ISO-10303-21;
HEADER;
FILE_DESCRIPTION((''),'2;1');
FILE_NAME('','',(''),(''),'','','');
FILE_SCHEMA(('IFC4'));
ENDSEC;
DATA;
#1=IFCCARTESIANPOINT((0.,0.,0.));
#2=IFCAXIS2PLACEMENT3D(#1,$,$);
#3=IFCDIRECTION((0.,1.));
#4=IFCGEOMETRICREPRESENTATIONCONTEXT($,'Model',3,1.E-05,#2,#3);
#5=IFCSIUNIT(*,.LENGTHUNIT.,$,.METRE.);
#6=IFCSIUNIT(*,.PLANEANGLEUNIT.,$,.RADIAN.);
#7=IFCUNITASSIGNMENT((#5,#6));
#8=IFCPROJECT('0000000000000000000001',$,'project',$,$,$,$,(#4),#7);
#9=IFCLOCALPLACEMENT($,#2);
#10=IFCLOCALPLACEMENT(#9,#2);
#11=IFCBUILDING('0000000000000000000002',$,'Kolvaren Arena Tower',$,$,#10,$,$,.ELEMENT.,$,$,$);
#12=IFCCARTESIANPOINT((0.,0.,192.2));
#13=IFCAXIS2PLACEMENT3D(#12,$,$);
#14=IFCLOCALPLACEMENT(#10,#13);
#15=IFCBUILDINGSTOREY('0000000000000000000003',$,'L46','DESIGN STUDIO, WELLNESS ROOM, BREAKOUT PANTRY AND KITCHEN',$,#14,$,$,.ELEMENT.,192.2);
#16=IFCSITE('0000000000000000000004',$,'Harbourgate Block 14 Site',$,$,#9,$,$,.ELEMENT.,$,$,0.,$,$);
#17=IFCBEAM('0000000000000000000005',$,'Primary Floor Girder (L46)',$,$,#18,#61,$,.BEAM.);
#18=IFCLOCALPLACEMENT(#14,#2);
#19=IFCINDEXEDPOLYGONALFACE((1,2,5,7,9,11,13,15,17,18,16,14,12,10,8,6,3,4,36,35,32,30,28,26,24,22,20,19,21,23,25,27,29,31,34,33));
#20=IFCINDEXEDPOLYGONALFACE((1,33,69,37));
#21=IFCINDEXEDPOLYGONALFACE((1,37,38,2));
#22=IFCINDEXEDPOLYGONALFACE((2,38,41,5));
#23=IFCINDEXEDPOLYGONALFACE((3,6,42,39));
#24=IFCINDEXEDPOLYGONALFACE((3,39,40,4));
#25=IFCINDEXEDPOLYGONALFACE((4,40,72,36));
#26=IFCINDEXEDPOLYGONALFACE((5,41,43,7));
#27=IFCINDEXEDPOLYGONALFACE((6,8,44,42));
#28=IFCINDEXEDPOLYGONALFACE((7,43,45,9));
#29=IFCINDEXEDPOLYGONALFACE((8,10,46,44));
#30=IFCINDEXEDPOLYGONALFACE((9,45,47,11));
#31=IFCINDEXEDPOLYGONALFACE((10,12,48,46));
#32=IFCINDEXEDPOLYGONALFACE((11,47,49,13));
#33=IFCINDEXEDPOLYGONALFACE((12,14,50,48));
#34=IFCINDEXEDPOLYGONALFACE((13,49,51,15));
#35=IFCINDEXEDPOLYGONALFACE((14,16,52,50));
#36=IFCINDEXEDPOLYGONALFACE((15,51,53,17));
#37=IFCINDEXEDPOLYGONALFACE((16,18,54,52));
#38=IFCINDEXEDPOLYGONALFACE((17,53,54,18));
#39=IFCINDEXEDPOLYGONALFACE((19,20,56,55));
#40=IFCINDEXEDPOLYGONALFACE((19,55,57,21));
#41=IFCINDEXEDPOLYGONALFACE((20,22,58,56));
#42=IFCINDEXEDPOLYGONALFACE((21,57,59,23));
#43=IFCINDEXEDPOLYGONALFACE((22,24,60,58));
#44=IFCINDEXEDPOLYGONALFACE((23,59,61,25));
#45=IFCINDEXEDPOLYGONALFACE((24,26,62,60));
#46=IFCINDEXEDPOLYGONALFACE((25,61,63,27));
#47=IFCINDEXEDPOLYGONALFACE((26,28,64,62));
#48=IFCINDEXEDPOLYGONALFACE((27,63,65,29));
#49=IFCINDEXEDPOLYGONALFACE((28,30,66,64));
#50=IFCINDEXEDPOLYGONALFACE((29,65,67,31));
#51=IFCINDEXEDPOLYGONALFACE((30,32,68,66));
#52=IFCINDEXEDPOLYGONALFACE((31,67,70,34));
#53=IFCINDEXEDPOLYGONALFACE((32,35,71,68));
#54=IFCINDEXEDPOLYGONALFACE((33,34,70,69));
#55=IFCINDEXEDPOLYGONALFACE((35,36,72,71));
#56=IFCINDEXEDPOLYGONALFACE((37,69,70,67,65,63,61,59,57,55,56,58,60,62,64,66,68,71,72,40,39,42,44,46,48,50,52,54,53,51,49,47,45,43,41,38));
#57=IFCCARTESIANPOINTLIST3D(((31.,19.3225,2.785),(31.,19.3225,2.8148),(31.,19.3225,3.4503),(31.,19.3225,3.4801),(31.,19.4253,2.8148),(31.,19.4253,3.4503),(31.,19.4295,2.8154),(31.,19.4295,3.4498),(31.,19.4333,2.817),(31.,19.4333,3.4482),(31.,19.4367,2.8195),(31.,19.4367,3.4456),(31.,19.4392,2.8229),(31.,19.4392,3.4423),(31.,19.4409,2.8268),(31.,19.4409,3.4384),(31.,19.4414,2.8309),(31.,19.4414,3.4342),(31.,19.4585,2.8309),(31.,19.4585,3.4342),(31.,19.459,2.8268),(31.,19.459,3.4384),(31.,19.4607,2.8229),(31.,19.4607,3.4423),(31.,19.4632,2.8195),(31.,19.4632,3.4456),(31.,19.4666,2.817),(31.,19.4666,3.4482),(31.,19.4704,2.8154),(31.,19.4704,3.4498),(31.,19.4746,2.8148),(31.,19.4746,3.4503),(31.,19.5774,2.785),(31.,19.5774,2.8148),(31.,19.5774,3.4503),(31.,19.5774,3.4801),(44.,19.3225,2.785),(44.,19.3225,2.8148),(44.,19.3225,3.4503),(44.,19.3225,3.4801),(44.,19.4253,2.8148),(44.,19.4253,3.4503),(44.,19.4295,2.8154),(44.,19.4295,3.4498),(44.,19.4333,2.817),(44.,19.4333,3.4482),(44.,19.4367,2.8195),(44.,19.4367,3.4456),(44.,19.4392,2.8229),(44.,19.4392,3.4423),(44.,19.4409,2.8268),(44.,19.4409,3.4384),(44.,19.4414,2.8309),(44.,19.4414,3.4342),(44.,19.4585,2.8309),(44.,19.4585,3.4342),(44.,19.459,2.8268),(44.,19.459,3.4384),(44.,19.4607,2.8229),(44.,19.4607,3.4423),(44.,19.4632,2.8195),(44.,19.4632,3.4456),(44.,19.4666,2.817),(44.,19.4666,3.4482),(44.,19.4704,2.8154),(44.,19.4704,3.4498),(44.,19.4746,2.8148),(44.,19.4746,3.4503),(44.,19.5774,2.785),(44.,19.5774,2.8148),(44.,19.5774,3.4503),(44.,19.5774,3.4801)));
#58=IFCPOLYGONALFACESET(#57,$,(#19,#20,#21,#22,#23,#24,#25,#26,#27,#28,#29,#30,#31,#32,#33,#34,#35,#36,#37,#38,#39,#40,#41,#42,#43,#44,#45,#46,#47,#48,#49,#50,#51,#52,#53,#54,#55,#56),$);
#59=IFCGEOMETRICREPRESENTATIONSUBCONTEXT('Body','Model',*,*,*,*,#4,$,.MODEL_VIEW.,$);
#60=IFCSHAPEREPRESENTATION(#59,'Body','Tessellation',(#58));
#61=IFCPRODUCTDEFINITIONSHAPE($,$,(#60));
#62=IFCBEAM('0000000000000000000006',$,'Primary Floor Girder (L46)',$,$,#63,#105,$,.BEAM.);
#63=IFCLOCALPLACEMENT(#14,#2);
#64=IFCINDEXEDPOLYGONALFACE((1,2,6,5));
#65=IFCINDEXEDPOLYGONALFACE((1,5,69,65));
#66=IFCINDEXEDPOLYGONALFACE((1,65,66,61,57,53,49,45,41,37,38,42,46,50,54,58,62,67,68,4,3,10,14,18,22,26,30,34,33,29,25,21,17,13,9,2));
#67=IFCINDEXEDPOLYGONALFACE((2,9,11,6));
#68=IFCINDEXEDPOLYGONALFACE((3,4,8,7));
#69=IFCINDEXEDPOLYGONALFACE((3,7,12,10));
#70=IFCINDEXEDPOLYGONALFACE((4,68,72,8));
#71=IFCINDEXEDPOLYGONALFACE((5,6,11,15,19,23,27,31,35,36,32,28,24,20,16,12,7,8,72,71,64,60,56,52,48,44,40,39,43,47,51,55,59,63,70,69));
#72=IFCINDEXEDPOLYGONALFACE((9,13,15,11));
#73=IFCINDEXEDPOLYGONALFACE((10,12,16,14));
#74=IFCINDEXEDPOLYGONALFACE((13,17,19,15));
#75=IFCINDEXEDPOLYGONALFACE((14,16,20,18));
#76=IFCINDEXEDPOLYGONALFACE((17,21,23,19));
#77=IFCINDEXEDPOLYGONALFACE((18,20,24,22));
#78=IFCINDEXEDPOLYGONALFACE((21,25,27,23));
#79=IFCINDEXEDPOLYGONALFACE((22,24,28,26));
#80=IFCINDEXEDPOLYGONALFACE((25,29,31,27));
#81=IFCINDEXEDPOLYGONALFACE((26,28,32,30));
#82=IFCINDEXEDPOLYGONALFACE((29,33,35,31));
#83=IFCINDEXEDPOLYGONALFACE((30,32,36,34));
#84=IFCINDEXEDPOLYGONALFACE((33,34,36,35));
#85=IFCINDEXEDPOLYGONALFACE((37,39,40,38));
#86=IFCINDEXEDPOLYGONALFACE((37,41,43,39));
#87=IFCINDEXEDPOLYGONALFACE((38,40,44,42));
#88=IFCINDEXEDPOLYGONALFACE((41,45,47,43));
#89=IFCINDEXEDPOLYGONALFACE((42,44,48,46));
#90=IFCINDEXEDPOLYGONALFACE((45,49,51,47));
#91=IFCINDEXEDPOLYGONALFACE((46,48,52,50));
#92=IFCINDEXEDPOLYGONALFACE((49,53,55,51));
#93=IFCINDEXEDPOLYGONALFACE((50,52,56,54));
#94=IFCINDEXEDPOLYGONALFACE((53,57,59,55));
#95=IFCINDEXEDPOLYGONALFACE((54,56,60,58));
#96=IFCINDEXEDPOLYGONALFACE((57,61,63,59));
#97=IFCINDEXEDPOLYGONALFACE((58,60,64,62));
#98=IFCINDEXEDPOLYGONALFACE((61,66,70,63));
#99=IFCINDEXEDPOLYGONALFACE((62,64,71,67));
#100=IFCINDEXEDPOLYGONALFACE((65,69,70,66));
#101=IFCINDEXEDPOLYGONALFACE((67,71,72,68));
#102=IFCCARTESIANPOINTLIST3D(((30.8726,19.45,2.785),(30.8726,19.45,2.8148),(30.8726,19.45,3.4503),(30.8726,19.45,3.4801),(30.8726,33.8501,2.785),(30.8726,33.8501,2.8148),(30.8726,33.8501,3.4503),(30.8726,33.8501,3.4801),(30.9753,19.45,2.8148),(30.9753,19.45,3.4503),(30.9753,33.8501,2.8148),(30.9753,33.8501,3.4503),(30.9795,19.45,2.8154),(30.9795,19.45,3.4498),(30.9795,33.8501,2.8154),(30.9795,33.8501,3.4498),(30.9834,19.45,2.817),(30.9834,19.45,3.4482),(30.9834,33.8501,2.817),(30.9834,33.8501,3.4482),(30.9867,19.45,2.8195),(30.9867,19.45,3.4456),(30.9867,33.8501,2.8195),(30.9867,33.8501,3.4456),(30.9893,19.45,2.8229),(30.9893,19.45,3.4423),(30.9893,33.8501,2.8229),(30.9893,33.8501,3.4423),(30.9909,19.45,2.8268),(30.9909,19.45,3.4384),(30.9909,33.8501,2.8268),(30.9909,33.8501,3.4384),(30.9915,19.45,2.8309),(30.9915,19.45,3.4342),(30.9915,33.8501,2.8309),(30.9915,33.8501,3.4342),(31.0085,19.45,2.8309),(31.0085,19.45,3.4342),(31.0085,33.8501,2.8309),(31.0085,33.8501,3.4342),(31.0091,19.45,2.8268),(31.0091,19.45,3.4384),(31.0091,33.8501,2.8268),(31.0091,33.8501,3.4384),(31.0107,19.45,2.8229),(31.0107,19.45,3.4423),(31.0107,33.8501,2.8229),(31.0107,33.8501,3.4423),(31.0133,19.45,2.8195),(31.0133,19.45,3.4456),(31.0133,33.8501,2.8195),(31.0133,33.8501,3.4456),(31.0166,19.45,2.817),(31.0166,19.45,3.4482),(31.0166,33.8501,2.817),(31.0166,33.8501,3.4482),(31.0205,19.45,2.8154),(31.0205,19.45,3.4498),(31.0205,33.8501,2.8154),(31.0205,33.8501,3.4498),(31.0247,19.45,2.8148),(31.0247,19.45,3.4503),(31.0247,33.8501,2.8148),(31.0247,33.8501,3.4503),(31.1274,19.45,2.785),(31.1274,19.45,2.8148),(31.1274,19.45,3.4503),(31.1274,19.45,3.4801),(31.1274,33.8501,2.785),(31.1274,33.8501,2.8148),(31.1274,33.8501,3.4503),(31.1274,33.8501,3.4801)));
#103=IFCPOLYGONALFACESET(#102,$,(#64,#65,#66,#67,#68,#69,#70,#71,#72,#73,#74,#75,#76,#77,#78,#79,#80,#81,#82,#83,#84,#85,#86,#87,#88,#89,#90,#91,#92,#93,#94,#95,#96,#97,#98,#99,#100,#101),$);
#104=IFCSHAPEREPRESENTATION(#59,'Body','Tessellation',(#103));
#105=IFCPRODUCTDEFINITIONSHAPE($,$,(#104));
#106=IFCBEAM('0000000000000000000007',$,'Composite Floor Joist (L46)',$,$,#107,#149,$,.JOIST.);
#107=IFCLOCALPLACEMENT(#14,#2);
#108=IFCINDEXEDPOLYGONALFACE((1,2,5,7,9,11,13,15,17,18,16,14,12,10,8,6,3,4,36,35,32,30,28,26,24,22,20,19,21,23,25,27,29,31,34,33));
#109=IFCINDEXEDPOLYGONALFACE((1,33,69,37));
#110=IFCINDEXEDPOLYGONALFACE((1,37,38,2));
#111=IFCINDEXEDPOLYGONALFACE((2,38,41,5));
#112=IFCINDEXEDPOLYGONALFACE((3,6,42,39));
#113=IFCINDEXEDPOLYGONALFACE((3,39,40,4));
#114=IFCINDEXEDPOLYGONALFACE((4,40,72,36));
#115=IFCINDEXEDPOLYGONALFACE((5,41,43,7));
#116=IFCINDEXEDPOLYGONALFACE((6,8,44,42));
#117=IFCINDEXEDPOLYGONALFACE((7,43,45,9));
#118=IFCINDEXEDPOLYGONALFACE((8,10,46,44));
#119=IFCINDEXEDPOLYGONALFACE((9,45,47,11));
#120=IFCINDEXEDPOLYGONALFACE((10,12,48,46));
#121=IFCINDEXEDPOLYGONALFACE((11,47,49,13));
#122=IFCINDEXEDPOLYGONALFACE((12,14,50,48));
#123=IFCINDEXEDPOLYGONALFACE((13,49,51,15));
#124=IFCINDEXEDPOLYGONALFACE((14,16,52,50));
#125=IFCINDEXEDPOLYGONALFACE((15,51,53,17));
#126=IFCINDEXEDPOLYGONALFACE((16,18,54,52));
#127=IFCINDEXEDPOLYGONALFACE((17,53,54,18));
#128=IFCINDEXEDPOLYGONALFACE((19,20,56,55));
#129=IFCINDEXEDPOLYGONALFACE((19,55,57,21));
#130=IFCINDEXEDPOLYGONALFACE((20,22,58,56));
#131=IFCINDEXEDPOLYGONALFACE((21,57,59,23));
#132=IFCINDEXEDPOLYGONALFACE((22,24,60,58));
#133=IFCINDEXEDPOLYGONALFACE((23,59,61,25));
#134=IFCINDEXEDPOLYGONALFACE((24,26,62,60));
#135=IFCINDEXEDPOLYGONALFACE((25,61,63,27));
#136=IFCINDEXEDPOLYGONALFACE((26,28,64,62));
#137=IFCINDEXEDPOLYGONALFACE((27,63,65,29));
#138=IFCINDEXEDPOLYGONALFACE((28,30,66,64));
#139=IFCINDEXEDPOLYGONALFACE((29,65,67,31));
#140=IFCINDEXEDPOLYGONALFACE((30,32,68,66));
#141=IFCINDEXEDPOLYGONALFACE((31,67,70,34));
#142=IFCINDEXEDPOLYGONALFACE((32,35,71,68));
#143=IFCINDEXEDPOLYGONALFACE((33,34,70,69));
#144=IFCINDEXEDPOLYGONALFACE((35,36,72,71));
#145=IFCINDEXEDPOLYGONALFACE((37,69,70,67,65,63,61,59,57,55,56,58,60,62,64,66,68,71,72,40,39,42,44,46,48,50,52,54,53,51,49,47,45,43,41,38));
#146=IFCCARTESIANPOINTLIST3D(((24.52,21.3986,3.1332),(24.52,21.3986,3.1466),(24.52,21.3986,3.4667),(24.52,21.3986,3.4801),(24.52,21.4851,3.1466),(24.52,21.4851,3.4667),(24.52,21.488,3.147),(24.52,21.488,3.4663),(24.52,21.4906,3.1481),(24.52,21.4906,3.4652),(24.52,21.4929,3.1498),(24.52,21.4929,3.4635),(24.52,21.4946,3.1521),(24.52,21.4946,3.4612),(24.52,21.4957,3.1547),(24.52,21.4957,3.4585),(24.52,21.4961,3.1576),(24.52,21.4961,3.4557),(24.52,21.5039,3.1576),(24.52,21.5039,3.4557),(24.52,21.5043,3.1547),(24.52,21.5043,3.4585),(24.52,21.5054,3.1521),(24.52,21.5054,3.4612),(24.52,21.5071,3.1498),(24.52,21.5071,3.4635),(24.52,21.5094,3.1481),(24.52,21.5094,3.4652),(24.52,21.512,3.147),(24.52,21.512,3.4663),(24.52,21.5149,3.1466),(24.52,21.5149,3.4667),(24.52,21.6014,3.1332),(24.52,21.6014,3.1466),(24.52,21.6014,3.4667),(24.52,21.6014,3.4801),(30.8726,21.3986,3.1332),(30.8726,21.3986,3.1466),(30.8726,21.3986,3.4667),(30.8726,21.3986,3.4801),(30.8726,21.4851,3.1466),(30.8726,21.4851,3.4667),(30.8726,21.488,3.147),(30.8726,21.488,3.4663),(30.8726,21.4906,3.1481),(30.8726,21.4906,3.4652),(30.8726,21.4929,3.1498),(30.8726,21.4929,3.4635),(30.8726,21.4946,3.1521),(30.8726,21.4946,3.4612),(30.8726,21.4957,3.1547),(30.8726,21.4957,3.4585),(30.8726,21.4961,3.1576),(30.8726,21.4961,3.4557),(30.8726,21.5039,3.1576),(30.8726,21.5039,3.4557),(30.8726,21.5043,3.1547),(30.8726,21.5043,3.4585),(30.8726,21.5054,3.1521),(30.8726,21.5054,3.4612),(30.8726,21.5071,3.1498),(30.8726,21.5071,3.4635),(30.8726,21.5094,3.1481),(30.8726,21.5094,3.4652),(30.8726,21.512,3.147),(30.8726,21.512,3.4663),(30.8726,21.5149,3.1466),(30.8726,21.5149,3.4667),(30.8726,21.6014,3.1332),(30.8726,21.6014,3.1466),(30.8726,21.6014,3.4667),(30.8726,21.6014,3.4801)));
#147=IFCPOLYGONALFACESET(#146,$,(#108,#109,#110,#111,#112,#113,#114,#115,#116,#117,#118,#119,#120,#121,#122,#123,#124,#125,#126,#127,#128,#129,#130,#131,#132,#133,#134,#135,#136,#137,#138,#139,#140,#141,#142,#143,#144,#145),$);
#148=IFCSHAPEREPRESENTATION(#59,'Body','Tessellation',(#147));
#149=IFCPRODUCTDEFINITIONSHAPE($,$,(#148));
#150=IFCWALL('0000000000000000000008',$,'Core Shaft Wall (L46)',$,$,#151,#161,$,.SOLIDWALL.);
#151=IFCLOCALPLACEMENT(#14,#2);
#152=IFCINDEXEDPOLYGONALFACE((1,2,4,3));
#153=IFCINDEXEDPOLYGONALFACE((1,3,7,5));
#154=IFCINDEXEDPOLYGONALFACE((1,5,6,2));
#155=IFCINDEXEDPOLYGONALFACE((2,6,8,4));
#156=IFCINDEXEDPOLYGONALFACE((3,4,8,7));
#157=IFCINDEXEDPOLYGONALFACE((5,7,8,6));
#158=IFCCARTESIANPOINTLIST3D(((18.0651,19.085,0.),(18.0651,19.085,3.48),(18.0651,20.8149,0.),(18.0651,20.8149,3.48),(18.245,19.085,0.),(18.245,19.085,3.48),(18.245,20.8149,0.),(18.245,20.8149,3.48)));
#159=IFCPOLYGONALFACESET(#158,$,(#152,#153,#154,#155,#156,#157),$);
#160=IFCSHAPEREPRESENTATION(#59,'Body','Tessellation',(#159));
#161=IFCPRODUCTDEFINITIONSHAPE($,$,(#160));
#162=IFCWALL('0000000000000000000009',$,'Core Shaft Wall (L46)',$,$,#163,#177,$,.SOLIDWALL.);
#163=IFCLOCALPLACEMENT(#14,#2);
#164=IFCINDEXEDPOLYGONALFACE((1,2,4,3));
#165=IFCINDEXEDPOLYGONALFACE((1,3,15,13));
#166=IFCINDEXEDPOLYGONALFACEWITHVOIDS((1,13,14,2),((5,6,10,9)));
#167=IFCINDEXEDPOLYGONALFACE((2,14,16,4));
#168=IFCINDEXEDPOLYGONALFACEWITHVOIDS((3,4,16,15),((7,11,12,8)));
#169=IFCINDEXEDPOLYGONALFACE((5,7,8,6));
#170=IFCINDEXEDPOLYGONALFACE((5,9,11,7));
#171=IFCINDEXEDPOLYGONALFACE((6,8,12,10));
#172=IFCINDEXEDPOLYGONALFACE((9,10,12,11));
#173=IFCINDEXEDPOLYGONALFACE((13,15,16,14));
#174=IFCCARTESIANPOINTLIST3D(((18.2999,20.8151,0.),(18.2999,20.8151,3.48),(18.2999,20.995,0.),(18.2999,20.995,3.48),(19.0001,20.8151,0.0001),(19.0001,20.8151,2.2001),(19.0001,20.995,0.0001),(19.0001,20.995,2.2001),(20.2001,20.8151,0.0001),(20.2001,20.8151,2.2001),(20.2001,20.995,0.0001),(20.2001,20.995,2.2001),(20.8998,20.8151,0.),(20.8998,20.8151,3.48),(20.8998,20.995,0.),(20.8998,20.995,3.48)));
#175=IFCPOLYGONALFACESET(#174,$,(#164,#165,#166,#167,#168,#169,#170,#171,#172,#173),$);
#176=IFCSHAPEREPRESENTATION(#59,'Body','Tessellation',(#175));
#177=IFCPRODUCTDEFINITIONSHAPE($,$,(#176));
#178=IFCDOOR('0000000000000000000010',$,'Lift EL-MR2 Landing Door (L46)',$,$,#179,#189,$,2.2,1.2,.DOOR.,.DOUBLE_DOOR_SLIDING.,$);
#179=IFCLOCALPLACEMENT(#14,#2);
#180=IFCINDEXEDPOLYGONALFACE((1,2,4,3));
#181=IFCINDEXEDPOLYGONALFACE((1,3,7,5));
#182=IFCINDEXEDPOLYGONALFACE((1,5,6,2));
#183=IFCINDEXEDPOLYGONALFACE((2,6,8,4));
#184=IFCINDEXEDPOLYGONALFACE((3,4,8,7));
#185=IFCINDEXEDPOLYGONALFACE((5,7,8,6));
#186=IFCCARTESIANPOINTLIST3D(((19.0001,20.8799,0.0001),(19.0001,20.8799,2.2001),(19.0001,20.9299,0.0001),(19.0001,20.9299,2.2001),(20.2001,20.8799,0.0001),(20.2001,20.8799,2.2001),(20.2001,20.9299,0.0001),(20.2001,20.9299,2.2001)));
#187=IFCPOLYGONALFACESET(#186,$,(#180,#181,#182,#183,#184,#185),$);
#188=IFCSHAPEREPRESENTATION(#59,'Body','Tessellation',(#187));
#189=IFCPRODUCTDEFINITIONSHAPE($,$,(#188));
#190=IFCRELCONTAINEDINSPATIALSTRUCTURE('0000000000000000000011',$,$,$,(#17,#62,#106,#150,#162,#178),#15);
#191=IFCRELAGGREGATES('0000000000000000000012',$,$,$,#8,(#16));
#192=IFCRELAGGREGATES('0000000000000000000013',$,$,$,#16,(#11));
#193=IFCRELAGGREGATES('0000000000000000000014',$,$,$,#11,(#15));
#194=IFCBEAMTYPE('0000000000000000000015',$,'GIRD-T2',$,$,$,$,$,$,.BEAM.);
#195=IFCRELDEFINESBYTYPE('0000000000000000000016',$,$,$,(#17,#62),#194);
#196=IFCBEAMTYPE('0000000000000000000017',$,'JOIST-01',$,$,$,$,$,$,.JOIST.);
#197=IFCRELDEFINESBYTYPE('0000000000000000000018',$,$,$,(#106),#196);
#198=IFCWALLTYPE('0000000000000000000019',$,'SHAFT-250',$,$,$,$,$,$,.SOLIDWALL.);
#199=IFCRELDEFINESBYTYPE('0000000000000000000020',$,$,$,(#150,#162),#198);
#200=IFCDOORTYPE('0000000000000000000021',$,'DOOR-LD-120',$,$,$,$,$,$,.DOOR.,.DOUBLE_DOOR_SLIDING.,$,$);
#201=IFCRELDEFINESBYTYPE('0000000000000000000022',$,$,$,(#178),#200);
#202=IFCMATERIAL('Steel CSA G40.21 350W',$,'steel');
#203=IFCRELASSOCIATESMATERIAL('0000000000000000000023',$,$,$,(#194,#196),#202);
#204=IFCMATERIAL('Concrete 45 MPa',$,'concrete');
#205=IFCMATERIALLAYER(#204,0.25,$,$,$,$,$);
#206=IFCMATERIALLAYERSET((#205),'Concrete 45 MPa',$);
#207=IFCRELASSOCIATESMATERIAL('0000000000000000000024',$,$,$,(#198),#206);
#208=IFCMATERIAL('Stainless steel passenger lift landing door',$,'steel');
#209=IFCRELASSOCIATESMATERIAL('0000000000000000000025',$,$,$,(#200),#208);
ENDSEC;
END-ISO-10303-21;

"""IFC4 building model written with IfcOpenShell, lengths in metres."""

from ifc_helpers import new_model, si_unit, direction, frame, frame_2d, origin, origin_2d, place, context, subcontext, project, spatial, rectangle, i_section, extrude, material, layer, layer_set, material_profile, profile_set, type_object, element, fill, save


model = new_model("IFC4")

# Units and contexts
model_context = context("Model", 3, precision=1e-05, world=origin(), true_north=direction((0.0, 1.0)))
body_context = subcontext(model_context, "Body", "Model", "MODEL_VIEW")
ifc_project = project(units=[si_unit("LENGTHUNIT", "METRE"), si_unit("PLANEANGLEUNIT", "RADIAN")], contexts=[model_context])

# Site, building, storey
site_placement = place(None, origin())
site = spatial("IfcSite", under=ifc_project, at=site_placement, Name="Harbourgate Block 14 Site", CompositionType="ELEMENT", RefElevation=0.0)
building_placement = place(site_placement, origin())
building = spatial("IfcBuilding", under=site, at=building_placement, Name="Kolvaren Arena Tower", CompositionType="ELEMENT")
storey_placement = place(building_placement, frame((0.0, 0.0, 192.2)))
storey = spatial("IfcBuildingStorey", under=building, at=storey_placement, Name="L46", Description="DESIGN STUDIO, WELLNESS ROOM, BREAKOUT PANTRY AND KITCHEN", CompositionType="ELEMENT", Elevation=192.2)

# Beams
ifc_material_1 = material(Name="Steel CSA G40.21 350W", Category="steel")
ifc_material_profile_1 = material_profile(ifc_material_1, i_section(OverallWidth=0.2549, OverallDepth=0.6951, WebThickness=0.0171, FlangeThickness=0.0298, FilletRadius=0.0161, at=origin_2d()), Name="W690x217")
ifc_profile_set_1 = profile_set([ifc_material_profile_1], Name="Steel CSA G40.21 350W")
beam_type_1 = type_object("IfcBeamType", Name="GIRD-T2", PredefinedType="BEAM", material=ifc_profile_set_1)
beam_1_placement = place(storey_placement, frame((31.0, 19.45, 3.1326), z_axis=(1.0, 0.0, 0.0), x_axis=(0.0, 1.0, 0.0)))
element("IfcBeam", 1, at=beam_1_placement, inside=storey, type_object=beam_type_1, Name="Primary Floor Girder (L46)", PredefinedType="BEAM", context=body_context, shape_type="SweptSolid", body=[
    extrude(i_section(OverallWidth=0.2549, OverallDepth=0.6951, WebThickness=0.0171, FlangeThickness=0.0298, FilletRadius=0.0161, at=origin_2d()), origin(), (0.0, 0.0, 1.0), 13.0),
])
beam_2_placement = place(storey_placement, frame((31.0, 19.45, 3.1326), z_axis=(0.0, 1.0, 0.0), x_axis=(-1.0, 0.0, 0.0)))
element("IfcBeam", 2, at=beam_2_placement, inside=storey, type_object=beam_type_1, Name="Primary Floor Girder (L46)", PredefinedType="BEAM", context=body_context, shape_type="SweptSolid", body=[
    extrude(i_section(OverallWidth=0.2549, OverallDepth=0.6951, WebThickness=0.0171, FlangeThickness=0.0298, FilletRadius=0.0161, at=origin_2d()), origin(), (0.0, 0.0, 1.0), 14.4001),
])
ifc_material_profile_2 = material_profile(ifc_material_1, i_section(OverallWidth=0.2029, OverallDepth=0.3469, WebThickness=0.0078, FlangeThickness=0.0134, FilletRadius=0.011, at=origin_2d()), Name="W360x64")
ifc_profile_set_2 = profile_set([ifc_material_profile_2], Name="Steel CSA G40.21 350W")
beam_type_2 = type_object("IfcBeamType", Name="JOIST-01", PredefinedType="JOIST", material=ifc_profile_set_2)
beam_3_placement = place(storey_placement, frame((24.52, 21.5, 3.3066), z_axis=(1.0, 0.0, 0.0), x_axis=(0.0, 1.0, 0.0)))
element("IfcBeam", 3, at=beam_3_placement, inside=storey, type_object=beam_type_2, Name="Composite Floor Joist (L46)", PredefinedType="JOIST", context=body_context, shape_type="SweptSolid", body=[
    extrude(i_section(OverallWidth=0.2029, OverallDepth=0.3469, WebThickness=0.0078, FlangeThickness=0.0134, FilletRadius=0.011, at=origin_2d()), origin(), (0.0, 0.0, 1.0), 6.3525),
])

# Wall
ifc_material_2 = material(Name="Concrete 45 MPa", Category="concrete")
ifc_layer = layer(ifc_material_2, 0.25)
ifc_layer_set = layer_set([ifc_layer], Name="Concrete 45 MPa")
wall_type = type_object("IfcWallType", Name="SHAFT-250", PredefinedType="SOLIDWALL", material=ifc_layer_set)
wall_1_placement = place(storey_placement, frame((18.155, 19.085, 0.0), z_axis=(0.0, 0.0, 1.0), x_axis=(0.0, 1.0, 0.0)))
element("IfcWall", 4, at=wall_1_placement, inside=storey, type_object=wall_type, Name="Core Shaft Wall (L46)", PredefinedType="SOLIDWALL", context=body_context, shape_type="SweptSolid", body=[
    extrude(rectangle(XDim=1.73, YDim=0.1799, at=frame_2d((0.865, 0.0))), origin(), (0.0, 0.0, 1.0), 3.48),
])

# Wall, opening, door
wall_2_placement = place(storey_placement, frame((18.3, 20.905, 0.0), z_axis=(0.0, 0.0, 1.0), x_axis=(1.0, 0.0, 0.0)))
wall_2 = element("IfcWall", 5, at=wall_2_placement, inside=storey, type_object=wall_type, Name="Core Shaft Wall (L46)", PredefinedType="SOLIDWALL", context=body_context, shape_type="SweptSolid", body=[
    extrude(rectangle(XDim=2.5999, YDim=0.1799, at=frame_2d((1.2998, 0.0))), origin(), (0.0, 0.0, 1.0), 3.48),
])
opening_1_placement = place(wall_2_placement, frame((0.7, 0.0, 0.0)))
opening_1 = element("IfcOpeningElement", 6, at=opening_1_placement, cuts=wall_2, PredefinedType="OPENING", context=body_context, shape_type="SweptSolid", body=[
    extrude(rectangle(XDim=1.2, YDim=2.2, at=frame_2d((0.6001, 1.1001))), frame((0.0, 0.0999, 0.0), z_axis=(0.0, -1.0, 0.0), x_axis=(1.0, 0.0, 0.0)), (0.0, 0.0, 1.0), 0.2),
])
ifc_material_3 = material(Name="Stainless steel passenger lift landing door", Category="steel")
door_type = type_object("IfcDoorType", Name="DOOR-LD-120", OperationType="DOUBLE_DOOR_SLIDING", PredefinedType="DOOR", material=ifc_material_3)
door_1_placement = place(opening_1_placement, origin())
door_1 = element("IfcDoor", 7, at=door_1_placement, inside=storey, type_object=door_type, Name="Lift EL-MR2 Landing Door (L46)", OperationType="DOUBLE_DOOR_SLIDING", OverallHeight=2.2, OverallWidth=1.2, PredefinedType="DOOR", context=body_context, shape_type="SweptSolid", body=[
    extrude(rectangle(XDim=1.2, YDim=2.2, at=frame_2d((0.6001, 1.1001))), frame((0.0, 0.0249, 0.0), z_axis=(0.0, -1.0, 0.0), x_axis=(1.0, 0.0, 0.0)), (0.0, 0.0, 1.0), 0.05),
])
fill(opening_1, door_1)

save(model, "model.ifc")
